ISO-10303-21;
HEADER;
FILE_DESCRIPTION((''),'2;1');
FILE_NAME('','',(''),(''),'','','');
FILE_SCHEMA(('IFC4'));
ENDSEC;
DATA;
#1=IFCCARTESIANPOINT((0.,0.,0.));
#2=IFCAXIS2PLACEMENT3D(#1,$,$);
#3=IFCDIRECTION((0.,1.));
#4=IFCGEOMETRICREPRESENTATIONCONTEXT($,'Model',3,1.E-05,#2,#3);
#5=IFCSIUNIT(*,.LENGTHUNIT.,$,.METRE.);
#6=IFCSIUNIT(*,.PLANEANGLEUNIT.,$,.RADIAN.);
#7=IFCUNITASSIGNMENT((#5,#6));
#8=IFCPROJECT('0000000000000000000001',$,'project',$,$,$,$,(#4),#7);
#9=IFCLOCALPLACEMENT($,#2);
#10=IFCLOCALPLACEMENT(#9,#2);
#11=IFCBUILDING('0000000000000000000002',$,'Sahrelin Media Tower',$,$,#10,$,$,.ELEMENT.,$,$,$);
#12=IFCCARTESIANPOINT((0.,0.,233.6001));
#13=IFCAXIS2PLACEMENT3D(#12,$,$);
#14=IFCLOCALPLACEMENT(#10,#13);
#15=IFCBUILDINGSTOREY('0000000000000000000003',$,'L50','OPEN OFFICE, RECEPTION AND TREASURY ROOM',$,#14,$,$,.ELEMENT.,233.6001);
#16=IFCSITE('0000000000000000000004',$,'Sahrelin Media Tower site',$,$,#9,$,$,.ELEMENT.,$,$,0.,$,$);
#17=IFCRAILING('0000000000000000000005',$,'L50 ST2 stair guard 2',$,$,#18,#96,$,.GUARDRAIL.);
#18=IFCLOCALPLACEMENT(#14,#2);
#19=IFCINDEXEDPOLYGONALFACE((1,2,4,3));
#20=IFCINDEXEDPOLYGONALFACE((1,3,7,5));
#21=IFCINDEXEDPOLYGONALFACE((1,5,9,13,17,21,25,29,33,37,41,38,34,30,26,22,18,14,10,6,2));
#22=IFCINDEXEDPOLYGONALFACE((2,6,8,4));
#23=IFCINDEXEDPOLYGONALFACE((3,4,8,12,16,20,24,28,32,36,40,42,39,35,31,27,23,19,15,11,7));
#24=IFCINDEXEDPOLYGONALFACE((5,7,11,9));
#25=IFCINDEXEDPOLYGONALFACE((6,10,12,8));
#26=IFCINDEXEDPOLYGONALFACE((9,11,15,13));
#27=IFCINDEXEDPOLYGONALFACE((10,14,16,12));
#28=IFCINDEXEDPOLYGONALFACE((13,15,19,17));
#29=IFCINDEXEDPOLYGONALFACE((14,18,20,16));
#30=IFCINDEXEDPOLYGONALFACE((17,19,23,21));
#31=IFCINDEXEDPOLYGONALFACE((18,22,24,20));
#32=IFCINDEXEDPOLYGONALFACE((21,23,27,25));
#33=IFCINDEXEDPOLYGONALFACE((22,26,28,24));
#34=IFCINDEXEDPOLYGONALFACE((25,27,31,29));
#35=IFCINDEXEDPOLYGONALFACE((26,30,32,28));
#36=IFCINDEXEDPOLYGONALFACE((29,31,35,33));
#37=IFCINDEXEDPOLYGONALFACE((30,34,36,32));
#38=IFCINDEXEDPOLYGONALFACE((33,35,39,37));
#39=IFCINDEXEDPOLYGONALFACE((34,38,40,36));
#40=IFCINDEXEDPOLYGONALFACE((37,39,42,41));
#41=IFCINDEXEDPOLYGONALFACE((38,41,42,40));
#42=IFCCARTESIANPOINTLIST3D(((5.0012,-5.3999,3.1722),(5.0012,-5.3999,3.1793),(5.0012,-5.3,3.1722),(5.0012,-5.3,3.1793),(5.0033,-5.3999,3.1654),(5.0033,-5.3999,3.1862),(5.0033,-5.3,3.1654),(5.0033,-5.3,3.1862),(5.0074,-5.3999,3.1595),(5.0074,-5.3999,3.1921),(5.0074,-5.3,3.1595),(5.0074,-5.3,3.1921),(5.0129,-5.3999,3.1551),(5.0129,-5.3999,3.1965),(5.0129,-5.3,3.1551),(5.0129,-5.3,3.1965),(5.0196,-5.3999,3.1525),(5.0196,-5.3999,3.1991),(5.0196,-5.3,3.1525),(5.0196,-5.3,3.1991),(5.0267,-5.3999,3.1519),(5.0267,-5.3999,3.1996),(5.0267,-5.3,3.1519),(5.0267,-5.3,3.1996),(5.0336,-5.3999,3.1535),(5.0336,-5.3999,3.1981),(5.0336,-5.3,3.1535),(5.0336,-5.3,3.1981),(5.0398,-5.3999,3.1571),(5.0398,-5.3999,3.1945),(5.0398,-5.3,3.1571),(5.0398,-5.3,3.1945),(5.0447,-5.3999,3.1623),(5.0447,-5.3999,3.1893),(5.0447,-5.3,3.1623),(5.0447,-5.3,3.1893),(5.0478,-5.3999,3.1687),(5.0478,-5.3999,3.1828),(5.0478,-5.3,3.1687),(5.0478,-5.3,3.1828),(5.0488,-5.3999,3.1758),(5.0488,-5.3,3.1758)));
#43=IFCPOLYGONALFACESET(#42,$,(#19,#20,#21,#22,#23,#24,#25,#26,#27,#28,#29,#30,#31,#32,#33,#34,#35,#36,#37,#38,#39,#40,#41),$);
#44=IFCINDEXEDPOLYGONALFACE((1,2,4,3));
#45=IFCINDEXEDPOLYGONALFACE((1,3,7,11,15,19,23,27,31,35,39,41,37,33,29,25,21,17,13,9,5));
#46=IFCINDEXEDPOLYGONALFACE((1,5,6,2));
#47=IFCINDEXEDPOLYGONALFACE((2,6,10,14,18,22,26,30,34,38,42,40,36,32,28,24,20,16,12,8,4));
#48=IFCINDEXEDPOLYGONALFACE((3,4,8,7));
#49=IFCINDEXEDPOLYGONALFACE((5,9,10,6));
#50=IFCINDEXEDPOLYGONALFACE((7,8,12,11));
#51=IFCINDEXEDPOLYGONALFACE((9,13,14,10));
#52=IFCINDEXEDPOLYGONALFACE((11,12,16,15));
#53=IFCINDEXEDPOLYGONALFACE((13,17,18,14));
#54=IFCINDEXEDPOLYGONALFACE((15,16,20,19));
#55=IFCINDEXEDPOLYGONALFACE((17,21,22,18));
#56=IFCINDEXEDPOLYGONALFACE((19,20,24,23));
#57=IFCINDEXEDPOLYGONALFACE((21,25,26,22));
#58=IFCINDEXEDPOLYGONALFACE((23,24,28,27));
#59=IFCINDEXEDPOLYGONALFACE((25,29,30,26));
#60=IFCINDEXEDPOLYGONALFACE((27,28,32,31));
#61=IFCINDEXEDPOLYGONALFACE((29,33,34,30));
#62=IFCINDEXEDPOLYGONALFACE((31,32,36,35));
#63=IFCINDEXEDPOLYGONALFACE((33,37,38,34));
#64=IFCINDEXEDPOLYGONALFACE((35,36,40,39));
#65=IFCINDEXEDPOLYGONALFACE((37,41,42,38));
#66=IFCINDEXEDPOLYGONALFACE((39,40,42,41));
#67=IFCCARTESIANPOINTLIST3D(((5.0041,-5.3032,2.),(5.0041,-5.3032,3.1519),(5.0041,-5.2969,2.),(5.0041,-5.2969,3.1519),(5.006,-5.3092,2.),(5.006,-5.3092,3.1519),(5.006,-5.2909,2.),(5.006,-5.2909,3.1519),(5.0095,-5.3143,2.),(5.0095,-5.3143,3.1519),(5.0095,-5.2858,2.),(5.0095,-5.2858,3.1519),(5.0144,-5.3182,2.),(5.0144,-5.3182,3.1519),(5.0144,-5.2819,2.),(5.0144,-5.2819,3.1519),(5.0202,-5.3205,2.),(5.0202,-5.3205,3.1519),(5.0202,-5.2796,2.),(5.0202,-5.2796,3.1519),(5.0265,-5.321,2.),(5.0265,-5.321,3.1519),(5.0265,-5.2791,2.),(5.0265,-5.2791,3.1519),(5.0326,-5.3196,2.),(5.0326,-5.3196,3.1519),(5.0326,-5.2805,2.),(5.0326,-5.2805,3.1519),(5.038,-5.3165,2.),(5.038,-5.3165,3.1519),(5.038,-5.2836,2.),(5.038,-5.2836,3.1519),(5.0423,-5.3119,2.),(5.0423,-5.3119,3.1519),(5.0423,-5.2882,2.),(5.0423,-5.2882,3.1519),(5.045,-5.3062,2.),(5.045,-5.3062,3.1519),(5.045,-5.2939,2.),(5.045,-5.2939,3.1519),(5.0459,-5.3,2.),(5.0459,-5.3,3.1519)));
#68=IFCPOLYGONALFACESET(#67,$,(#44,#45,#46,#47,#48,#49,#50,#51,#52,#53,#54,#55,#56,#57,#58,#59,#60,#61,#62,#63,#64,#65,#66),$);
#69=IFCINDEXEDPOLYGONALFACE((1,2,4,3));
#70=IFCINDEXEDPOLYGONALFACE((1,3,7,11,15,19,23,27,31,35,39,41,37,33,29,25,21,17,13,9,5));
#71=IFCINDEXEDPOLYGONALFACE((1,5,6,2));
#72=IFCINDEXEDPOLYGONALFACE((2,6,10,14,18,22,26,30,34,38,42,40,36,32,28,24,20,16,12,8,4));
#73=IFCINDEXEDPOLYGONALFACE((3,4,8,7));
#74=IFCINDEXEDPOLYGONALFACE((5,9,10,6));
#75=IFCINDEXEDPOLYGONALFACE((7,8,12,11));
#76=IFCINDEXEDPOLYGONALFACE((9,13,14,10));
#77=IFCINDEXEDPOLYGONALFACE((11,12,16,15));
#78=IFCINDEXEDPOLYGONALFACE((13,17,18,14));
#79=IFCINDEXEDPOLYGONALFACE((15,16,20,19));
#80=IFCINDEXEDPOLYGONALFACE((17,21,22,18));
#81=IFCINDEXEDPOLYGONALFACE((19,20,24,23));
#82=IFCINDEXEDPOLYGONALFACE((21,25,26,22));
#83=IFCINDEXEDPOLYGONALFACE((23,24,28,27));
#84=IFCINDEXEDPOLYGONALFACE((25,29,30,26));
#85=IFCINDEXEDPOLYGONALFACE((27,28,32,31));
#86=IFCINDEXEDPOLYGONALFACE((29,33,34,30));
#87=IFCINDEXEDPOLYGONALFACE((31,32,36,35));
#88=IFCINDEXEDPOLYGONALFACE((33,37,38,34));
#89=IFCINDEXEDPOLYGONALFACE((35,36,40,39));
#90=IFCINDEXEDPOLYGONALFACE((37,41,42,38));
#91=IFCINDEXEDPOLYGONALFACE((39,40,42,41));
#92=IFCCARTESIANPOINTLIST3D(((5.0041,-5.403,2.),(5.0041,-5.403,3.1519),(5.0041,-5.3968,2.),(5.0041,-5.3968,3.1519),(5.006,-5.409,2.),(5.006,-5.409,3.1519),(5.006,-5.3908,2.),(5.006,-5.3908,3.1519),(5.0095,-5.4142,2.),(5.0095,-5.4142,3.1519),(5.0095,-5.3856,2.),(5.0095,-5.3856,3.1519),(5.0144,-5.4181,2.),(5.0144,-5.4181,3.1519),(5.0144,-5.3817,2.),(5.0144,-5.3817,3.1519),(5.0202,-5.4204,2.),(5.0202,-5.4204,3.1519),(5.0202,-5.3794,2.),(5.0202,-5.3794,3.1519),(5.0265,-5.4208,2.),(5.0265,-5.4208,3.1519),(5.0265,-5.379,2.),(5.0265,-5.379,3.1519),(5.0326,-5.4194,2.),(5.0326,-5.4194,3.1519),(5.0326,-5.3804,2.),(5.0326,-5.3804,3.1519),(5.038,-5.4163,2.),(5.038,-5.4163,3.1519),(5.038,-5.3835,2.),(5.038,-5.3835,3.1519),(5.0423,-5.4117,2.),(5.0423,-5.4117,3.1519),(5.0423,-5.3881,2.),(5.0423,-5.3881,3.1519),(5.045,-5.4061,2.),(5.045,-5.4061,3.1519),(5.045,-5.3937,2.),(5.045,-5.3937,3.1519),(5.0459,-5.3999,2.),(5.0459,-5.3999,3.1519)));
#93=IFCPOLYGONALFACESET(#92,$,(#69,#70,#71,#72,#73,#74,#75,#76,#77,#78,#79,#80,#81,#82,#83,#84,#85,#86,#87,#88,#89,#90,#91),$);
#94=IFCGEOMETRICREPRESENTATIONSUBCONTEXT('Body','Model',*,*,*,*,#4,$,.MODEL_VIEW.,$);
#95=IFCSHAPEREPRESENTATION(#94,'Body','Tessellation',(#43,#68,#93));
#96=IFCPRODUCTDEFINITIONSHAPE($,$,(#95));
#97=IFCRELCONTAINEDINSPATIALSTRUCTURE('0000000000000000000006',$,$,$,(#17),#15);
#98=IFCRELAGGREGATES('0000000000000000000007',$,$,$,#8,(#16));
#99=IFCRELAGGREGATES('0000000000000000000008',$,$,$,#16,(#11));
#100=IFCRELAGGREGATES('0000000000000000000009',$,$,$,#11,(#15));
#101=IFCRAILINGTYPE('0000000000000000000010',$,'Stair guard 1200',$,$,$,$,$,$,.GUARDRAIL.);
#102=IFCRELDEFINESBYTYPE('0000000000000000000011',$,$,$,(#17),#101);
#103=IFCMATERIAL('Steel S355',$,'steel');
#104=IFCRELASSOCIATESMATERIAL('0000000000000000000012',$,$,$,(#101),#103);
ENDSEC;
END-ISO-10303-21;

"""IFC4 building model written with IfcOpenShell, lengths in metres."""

from ifc_helpers import new_model, si_unit, direction, frame, origin, origin_2d, place, context, subcontext, project, spatial, circle, extrude, material, type_object, element, save


model = new_model("IFC4")

# Units and contexts
model_context = context("Model", 3, precision=1e-05, world=origin(), true_north=direction((0.0, 1.0)))
body_context = subcontext(model_context, "Body", "Model", "MODEL_VIEW")
ifc_project = project(units=[si_unit("LENGTHUNIT", "METRE"), si_unit("PLANEANGLEUNIT", "RADIAN")], contexts=[model_context])

# Site, building, storey
site_placement = place(None, origin())
site = spatial("IfcSite", under=ifc_project, at=site_placement, Name="Sahrelin Media Tower site", CompositionType="ELEMENT", RefElevation=0.0)
building_placement = place(site_placement, origin())
building = spatial("IfcBuilding", under=site, at=building_placement, Name="Sahrelin Media Tower", CompositionType="ELEMENT")
storey_placement = place(building_placement, frame((0.0, 0.0, 233.6001)))
storey = spatial("IfcBuildingStorey", under=building, at=storey_placement, Name="L50", Description="OPEN OFFICE, RECEPTION AND TREASURY ROOM", CompositionType="ELEMENT", Elevation=233.6001)

# Shared definitions
ifc_material_1 = material(Name="Steel S355", Category="steel")

# Railing
railing_type_1 = type_object("IfcRailingType", Name="Stair guard 1200", PredefinedType="GUARDRAIL", material=ifc_material_1)
railing_1_placement = place(storey_placement, frame((5.0249, -5.3, 2.0)))
element("IfcRailing", 1, at=railing_1_placement, inside=storey, type_object=railing_type_1, Name="L50 ST2 stair guard 2", PredefinedType="GUARDRAIL", context=body_context, shape_type="SweptSolid", body=[
    extrude(circle(Radius=0.0239, at=origin_2d()), frame((0.0, 0.0, 1.1758), z_axis=(0.0, -1.0, 0.0), x_axis=(1.0, 0.0, 0.0)), (0.0, 0.0, 1.0), 0.0999),
    extrude(circle(Radius=0.021, at=origin_2d()), origin(), (0.0, 0.0, 1.0), 1.1519),
    extrude(circle(Radius=0.021, at=origin_2d()), frame((0.0, -0.0999, 0.0)), (0.0, 0.0, 1.0), 1.1519),
])

save(model, "model.ifc")
